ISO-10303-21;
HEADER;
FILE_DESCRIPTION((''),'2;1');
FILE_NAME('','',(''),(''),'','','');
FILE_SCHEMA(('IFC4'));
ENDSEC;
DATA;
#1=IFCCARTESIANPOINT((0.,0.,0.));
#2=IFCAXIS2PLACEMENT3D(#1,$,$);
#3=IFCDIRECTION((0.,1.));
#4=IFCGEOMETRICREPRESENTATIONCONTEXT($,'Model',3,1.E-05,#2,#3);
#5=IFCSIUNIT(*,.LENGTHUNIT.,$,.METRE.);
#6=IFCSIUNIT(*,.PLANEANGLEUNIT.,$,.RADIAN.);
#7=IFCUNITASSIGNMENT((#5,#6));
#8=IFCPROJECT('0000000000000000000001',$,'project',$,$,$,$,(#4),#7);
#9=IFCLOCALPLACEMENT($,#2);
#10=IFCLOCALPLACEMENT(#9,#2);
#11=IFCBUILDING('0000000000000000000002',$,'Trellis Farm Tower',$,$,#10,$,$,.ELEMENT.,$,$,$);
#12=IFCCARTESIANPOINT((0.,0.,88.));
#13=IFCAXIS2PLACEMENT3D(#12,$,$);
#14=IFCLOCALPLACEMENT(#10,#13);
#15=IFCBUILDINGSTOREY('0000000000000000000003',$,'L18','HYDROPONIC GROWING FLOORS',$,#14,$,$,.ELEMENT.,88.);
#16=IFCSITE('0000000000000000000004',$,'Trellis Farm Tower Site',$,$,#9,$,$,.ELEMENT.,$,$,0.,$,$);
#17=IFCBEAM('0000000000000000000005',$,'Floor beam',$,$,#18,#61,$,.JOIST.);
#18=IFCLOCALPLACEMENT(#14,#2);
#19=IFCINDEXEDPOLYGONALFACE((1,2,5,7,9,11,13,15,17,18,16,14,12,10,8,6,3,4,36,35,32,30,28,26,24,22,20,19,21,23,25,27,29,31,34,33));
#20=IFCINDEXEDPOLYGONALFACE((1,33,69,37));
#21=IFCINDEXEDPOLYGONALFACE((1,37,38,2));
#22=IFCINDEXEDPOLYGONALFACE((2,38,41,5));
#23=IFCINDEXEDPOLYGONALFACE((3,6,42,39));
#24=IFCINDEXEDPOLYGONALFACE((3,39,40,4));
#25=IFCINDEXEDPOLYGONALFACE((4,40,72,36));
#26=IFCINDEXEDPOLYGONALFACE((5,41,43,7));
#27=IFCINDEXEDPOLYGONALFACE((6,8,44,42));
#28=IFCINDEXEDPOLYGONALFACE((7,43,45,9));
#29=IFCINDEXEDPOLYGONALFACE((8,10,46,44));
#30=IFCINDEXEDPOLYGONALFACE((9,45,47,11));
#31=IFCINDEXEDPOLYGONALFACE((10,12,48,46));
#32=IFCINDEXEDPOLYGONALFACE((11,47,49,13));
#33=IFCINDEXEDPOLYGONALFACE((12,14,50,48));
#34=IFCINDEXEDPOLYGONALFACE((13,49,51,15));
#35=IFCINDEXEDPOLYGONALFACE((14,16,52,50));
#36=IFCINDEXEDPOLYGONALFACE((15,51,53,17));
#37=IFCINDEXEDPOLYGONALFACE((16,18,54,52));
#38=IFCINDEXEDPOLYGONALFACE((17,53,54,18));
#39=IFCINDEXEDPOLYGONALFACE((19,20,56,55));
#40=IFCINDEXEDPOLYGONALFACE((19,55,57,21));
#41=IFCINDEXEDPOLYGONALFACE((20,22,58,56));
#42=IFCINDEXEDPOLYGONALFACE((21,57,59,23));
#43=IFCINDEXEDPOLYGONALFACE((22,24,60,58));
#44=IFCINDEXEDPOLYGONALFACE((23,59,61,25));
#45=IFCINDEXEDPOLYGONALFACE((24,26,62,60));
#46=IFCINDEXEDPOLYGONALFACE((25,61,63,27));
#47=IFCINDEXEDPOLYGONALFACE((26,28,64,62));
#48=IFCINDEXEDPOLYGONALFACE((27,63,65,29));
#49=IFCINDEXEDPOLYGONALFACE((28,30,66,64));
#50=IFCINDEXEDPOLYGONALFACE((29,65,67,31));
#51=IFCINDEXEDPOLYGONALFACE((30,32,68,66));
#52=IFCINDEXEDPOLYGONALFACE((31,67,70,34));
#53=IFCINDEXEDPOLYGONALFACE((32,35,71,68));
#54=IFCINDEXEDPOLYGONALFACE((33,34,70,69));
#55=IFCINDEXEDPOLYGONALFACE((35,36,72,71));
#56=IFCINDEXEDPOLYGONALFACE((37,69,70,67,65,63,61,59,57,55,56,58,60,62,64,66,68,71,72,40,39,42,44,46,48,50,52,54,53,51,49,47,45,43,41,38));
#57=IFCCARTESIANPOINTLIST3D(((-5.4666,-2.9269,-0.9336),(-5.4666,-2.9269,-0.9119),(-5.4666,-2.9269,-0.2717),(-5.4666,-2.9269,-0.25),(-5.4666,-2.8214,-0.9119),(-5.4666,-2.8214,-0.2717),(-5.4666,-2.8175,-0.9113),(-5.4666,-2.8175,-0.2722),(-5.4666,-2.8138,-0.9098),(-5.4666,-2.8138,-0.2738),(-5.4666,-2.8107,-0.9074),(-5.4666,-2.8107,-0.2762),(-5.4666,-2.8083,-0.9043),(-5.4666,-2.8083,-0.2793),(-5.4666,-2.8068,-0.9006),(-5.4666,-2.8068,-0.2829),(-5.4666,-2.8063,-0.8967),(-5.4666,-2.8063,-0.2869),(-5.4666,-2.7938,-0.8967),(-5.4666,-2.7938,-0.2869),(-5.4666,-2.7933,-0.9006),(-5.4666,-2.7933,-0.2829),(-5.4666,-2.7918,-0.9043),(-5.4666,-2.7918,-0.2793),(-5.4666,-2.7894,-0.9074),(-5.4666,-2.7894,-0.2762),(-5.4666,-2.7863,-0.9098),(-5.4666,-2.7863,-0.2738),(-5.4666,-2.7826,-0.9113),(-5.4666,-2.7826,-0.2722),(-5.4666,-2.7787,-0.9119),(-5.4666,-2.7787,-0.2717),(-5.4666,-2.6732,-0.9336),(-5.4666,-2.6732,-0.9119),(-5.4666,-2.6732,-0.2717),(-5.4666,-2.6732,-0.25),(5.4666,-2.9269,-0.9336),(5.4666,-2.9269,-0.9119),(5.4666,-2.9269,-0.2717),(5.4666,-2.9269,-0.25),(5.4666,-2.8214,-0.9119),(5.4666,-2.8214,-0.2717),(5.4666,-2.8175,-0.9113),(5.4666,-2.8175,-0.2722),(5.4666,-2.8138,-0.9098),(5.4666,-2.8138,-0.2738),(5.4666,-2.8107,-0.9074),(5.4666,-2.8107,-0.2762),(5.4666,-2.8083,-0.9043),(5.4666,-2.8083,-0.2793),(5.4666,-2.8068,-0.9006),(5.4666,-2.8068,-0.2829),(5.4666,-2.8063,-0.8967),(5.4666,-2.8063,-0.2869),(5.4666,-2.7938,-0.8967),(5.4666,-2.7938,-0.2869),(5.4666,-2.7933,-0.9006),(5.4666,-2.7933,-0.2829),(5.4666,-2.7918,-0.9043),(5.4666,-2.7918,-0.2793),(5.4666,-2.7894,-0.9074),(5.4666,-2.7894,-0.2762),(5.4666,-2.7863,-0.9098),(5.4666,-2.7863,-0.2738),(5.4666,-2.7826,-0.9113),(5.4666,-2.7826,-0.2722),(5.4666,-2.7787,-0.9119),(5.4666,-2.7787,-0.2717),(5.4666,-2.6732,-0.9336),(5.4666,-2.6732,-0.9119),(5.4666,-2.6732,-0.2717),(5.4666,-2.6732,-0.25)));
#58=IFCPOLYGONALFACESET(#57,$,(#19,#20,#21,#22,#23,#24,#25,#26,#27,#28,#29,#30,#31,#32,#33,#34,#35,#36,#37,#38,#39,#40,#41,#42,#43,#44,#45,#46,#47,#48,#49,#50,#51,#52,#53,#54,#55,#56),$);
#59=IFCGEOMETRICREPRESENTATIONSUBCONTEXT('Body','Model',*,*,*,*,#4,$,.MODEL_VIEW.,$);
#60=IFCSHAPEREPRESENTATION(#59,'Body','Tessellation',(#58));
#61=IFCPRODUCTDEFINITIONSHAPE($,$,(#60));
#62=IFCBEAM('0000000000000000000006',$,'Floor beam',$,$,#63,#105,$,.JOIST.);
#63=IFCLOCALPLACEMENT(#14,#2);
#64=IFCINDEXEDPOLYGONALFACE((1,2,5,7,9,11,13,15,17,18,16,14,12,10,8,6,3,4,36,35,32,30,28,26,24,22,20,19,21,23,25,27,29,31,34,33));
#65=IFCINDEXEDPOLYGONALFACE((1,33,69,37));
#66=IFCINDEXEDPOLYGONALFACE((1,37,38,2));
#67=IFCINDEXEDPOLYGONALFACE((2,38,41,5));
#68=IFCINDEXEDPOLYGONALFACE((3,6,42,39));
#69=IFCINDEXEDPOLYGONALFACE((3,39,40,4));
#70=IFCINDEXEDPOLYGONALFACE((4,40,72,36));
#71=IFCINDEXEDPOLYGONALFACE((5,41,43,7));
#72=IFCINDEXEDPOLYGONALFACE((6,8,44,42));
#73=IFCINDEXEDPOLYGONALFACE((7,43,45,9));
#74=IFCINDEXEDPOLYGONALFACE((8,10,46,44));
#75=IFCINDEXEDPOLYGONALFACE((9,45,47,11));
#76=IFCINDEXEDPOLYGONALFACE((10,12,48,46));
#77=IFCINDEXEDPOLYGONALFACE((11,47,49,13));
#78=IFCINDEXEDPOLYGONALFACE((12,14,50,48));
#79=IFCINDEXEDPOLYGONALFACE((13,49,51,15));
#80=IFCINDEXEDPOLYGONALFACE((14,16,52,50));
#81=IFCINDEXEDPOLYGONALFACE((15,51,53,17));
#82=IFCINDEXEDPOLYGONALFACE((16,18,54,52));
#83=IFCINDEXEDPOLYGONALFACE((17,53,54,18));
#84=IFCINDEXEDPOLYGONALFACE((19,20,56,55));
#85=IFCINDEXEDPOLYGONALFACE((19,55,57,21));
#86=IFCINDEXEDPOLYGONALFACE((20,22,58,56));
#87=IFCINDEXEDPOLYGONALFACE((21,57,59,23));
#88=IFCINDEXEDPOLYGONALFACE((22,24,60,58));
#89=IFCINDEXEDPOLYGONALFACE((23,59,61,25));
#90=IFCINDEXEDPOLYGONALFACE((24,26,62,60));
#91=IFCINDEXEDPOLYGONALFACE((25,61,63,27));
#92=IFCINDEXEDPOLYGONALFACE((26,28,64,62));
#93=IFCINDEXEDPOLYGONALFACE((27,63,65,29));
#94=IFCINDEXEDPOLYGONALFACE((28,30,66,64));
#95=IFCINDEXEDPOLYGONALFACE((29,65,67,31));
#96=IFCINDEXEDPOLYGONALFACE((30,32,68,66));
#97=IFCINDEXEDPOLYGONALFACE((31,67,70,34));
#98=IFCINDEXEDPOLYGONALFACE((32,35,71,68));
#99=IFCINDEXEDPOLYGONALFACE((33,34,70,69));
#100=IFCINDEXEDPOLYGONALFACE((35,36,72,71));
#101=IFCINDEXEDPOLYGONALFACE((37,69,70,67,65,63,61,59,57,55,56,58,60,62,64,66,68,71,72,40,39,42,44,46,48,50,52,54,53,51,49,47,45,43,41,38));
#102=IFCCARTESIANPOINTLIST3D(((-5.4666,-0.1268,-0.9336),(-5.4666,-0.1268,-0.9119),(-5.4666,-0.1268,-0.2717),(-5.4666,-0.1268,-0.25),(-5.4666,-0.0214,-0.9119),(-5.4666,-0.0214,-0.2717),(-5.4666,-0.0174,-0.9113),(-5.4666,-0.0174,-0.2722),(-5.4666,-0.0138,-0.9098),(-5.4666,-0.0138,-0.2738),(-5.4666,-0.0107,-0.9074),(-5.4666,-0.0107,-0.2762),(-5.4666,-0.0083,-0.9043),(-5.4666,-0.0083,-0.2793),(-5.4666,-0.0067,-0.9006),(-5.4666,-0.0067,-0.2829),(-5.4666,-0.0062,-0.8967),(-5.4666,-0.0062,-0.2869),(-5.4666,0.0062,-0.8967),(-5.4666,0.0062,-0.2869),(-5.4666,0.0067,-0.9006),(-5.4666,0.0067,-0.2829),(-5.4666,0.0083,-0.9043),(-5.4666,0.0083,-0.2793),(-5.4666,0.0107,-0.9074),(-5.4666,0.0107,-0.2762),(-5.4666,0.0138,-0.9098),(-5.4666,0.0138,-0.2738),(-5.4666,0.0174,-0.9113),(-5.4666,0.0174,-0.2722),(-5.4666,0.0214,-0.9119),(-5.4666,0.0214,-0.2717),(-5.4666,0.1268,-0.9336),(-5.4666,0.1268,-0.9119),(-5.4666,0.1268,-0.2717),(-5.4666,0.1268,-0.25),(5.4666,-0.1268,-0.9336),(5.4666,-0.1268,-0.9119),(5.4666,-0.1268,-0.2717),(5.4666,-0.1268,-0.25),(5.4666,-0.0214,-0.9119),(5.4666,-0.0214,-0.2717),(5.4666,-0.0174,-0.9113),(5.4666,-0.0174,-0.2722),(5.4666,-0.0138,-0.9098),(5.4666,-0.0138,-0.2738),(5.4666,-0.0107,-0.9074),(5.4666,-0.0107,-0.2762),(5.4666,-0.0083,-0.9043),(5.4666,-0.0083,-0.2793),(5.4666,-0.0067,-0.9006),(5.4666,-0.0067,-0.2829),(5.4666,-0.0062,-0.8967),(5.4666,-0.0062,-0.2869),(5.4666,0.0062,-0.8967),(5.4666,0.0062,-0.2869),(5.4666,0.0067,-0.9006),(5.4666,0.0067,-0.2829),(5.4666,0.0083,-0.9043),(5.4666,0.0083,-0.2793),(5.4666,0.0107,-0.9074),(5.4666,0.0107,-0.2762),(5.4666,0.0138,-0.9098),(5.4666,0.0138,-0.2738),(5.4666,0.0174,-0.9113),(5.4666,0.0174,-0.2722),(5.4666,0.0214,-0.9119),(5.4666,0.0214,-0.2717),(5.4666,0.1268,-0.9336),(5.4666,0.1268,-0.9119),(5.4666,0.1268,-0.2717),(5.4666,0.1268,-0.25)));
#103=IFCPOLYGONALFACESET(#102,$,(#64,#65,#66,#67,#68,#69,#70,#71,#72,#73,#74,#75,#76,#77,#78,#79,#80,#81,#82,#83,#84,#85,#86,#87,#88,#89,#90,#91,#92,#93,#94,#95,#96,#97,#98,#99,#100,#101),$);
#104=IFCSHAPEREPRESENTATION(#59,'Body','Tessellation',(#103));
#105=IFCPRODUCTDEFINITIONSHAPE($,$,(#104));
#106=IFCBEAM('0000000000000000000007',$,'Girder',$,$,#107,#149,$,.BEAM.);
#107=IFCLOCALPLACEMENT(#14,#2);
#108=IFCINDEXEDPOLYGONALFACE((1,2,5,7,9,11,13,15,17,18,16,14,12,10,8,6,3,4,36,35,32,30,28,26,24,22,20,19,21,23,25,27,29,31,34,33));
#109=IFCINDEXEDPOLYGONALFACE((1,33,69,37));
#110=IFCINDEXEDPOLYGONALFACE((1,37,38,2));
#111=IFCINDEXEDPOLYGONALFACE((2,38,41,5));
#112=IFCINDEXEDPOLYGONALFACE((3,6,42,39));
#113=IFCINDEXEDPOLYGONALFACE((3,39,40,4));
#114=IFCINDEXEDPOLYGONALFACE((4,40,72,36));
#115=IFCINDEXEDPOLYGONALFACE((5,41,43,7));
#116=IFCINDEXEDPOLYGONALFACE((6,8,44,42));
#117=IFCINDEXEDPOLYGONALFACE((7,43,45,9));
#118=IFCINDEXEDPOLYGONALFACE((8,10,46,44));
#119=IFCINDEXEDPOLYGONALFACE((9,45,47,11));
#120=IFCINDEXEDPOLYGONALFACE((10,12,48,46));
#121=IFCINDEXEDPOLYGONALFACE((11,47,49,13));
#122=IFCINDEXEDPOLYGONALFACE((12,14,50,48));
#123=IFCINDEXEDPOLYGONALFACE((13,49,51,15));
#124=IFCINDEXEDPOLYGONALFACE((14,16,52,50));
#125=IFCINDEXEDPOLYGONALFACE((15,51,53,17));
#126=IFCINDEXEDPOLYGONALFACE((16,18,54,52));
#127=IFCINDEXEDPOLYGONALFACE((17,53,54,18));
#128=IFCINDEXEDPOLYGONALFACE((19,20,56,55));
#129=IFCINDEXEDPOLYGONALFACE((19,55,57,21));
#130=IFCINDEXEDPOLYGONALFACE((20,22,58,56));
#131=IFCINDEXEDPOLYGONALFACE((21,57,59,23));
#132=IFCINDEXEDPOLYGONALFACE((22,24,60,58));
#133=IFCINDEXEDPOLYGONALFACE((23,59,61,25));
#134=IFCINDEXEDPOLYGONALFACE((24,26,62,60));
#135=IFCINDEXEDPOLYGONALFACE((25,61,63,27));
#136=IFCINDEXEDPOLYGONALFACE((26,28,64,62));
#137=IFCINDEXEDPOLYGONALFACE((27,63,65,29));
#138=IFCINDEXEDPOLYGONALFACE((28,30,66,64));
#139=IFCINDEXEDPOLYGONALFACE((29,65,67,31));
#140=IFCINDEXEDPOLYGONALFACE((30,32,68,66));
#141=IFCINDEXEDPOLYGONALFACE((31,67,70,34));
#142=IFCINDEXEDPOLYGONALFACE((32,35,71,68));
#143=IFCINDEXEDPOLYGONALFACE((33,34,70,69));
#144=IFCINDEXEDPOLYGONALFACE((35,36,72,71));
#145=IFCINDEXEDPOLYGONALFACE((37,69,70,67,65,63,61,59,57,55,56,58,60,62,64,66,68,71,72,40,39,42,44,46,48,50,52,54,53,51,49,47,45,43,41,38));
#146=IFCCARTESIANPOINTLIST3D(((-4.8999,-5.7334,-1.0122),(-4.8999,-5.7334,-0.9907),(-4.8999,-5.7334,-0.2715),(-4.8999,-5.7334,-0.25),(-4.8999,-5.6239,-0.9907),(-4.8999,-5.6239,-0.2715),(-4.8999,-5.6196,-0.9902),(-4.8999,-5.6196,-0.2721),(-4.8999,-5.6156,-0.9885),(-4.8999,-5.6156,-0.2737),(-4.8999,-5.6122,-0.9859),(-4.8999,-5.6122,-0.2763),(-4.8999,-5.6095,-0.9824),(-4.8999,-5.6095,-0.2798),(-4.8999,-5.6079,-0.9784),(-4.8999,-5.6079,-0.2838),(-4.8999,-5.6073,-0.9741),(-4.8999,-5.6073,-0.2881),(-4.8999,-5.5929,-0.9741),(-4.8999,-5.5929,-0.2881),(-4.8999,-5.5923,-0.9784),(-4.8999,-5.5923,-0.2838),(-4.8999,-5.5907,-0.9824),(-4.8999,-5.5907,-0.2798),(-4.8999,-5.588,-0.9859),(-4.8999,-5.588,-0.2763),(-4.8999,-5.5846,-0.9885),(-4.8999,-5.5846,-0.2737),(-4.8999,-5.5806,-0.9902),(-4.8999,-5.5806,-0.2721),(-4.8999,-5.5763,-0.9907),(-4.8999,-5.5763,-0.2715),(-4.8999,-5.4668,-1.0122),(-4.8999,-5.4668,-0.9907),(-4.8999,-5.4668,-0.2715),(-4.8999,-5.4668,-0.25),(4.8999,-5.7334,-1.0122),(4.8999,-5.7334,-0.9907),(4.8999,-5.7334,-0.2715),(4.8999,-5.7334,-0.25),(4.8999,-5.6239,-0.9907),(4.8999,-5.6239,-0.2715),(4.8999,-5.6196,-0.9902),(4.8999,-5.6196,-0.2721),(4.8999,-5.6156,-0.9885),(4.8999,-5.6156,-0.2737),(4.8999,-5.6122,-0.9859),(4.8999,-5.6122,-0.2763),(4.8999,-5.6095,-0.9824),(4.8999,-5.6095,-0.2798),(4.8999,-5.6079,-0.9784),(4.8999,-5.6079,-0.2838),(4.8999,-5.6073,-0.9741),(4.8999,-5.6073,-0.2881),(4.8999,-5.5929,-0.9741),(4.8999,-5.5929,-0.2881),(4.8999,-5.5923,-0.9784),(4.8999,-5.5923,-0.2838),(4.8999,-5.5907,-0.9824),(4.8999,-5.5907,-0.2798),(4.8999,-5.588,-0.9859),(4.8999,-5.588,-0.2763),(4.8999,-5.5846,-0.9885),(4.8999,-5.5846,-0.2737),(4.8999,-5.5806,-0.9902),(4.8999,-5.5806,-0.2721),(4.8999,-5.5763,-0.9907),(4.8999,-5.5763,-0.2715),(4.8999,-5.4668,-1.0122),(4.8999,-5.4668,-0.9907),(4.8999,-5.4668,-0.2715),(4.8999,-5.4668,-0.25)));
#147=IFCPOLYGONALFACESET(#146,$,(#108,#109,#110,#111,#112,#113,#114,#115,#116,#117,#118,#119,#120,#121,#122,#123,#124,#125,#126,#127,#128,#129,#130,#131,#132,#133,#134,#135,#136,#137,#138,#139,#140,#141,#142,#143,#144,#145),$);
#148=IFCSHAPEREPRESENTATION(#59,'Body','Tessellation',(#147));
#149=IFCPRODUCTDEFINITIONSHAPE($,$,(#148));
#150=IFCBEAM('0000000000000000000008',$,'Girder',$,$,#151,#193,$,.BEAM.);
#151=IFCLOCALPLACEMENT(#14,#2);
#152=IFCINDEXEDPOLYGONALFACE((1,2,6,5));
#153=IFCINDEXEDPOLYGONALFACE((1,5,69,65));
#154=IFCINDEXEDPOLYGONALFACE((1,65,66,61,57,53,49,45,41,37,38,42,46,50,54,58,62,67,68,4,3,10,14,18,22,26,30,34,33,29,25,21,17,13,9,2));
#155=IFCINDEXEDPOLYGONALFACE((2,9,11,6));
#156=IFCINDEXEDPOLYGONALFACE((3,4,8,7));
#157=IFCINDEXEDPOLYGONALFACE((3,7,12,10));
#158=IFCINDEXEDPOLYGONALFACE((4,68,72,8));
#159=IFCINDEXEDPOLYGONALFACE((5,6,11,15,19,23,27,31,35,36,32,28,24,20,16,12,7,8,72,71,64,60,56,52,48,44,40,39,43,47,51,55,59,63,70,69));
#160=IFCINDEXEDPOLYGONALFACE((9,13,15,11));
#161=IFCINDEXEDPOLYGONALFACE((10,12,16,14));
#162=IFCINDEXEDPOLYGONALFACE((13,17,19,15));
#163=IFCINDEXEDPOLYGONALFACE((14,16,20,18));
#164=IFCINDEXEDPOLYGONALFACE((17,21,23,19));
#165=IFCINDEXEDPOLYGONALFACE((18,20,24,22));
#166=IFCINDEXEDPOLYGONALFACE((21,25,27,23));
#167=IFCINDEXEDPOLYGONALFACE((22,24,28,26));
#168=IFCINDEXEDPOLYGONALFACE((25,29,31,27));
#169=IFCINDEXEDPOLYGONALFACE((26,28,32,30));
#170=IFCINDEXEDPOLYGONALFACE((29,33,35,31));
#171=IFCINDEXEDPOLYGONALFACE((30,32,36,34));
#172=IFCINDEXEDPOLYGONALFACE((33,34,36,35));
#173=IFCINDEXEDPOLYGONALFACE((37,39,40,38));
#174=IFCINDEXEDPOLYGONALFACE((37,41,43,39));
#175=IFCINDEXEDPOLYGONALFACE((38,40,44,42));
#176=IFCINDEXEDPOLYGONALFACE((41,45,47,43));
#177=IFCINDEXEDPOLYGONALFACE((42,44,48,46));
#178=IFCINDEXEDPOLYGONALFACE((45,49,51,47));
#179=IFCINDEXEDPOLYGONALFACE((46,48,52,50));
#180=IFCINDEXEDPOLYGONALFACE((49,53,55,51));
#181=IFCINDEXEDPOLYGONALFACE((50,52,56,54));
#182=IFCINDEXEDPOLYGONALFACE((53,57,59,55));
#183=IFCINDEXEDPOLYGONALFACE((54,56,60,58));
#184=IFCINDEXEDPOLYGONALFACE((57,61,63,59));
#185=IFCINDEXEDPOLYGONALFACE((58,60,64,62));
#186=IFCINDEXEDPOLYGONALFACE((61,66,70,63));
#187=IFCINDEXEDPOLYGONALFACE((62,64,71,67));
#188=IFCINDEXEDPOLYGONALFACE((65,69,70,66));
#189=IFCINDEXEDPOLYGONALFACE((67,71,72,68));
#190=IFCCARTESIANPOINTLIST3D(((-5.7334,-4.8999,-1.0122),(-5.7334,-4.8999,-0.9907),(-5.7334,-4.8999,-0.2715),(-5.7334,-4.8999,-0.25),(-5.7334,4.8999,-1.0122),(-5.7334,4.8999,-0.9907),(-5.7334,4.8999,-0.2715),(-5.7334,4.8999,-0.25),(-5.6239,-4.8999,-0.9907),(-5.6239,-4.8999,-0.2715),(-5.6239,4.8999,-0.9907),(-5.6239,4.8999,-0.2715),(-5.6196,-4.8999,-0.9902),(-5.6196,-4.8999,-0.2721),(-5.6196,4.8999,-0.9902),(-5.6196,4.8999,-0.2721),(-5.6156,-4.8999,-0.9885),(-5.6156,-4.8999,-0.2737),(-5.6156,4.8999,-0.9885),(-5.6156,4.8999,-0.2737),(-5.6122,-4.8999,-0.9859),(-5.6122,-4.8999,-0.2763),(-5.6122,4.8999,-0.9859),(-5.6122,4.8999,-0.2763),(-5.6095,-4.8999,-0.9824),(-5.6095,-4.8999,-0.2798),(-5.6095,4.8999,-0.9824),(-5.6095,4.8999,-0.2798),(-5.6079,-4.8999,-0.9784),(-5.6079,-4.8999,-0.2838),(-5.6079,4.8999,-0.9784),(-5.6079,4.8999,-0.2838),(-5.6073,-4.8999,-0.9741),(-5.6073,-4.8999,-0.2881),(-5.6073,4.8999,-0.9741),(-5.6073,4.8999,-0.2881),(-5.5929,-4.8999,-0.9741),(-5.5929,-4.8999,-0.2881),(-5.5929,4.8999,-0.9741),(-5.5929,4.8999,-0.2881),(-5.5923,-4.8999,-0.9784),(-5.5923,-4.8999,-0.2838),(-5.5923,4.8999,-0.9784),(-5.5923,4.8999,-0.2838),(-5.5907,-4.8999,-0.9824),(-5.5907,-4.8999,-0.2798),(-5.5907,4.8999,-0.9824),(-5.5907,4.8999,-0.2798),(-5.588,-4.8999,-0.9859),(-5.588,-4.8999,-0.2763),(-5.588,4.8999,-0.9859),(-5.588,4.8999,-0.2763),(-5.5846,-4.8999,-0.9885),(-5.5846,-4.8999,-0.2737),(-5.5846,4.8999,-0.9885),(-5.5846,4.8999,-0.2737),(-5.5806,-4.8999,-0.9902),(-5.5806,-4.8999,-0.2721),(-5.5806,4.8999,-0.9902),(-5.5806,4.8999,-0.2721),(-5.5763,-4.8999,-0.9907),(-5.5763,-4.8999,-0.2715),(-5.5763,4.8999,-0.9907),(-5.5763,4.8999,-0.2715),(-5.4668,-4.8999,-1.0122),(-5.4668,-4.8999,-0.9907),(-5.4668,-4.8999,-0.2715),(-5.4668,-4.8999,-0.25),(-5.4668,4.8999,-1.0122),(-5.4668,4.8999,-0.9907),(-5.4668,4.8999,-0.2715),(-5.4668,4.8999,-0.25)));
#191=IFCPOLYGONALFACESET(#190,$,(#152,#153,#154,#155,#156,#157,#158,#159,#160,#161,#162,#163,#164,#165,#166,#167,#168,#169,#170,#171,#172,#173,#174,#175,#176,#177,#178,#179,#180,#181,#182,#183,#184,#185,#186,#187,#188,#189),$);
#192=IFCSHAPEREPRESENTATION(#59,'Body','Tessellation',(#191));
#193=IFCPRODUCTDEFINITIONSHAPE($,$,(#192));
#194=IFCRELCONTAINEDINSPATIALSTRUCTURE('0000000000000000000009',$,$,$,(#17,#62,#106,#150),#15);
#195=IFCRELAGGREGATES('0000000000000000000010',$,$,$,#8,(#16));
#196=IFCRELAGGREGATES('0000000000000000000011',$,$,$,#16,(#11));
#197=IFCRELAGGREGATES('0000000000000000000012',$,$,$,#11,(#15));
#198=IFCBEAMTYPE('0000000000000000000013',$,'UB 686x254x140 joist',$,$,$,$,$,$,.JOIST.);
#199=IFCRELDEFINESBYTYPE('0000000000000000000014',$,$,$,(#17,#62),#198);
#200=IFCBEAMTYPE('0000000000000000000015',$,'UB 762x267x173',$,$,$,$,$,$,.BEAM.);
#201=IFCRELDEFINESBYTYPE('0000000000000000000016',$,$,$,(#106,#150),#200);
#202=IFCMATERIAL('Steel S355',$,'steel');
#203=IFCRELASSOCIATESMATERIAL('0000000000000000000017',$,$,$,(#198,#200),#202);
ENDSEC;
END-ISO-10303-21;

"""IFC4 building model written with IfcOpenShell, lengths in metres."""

from ifc_helpers import new_model, si_unit, direction, frame, origin, origin_2d, place, context, subcontext, project, spatial, i_section, extrude, source, transform, mapped, material, material_profile, profile_set, type_object, element, save


model = new_model("IFC4")

# Units and contexts
model_context = context("Model", 3, precision=1e-05, world=origin(), true_north=direction((0.0, 1.0)))
body_context = subcontext(model_context, "Body", "Model", "MODEL_VIEW")
ifc_project = project(units=[si_unit("LENGTHUNIT", "METRE"), si_unit("PLANEANGLEUNIT", "RADIAN")], contexts=[model_context])

# Site, building, storey
site_placement = place(None, origin())
site = spatial("IfcSite", under=ifc_project, at=site_placement, Name="Trellis Farm Tower Site", CompositionType="ELEMENT", RefElevation=0.0)
building_placement = place(site_placement, origin())
building = spatial("IfcBuilding", under=site, at=building_placement, Name="Trellis Farm Tower", CompositionType="ELEMENT")
storey_placement = place(building_placement, frame((0.0, 0.0, 88.0)))
storey = spatial("IfcBuildingStorey", under=building, at=storey_placement, Name="L18", Description="HYDROPONIC GROWING FLOORS", CompositionType="ELEMENT", Elevation=88.0)

# Beams
ifc_material_1 = material(Name="Steel S355", Category="steel")
ifc_material_profile_1 = material_profile(ifc_material_1, i_section(OverallWidth=0.2537, OverallDepth=0.6836, WebThickness=0.0125, FlangeThickness=0.0217, FilletRadius=0.0151, at=origin_2d()), Name="UB 686x254x140")
ifc_profile_set_1 = profile_set([ifc_material_profile_1], Name="Steel S355")
beam_type_1 = type_object("IfcBeamType", Name="UB 686x254x140 joist", PredefinedType="JOIST", material=ifc_profile_set_1)
shared_shape_1 = source(origin(), body_context, "Body", "SweptSolid", [
    extrude(i_section(OverallWidth=0.2537, OverallDepth=0.6836, WebThickness=0.0125, FlangeThickness=0.0217, FilletRadius=0.0151, at=origin_2d()), origin(), (0.0, 0.0, 1.0), 10.9331),
])
for number, where, z_axis, x_axis, name in (
    (1, (-5.4666, -2.8, -0.5918), (1.0, 0.0, 0.0), (0.0, 1.0, 0.0), "Floor beam"),
    (2, (-5.4666, 0.0, -0.5918), (1.0, 0.0, 0.0), (0.0, 1.0, 0.0), "Floor beam"),
):
    element("IfcBeam", number, at=place(storey_placement, frame(where, z_axis=z_axis, x_axis=x_axis)), inside=storey, type_object=beam_type_1, Name=name, PredefinedType="JOIST", context=body_context, shape_type="MappedRepresentation", body=[
        mapped(shared_shape_1, transform((0.0, 0.0, 0.0))),
    ])
ifc_material_profile_2 = material_profile(ifc_material_1, i_section(OverallWidth=0.2666, OverallDepth=0.7622, WebThickness=0.0144, FlangeThickness=0.0215, FilletRadius=0.0166, at=origin_2d()), Name="UB 762x267x173")
ifc_profile_set_2 = profile_set([ifc_material_profile_2], Name="Steel S355")
beam_type_2 = type_object("IfcBeamType", Name="UB 762x267x173", PredefinedType="BEAM", material=ifc_profile_set_2)
shared_shape_2 = source(origin(), body_context, "Body", "SweptSolid", [
    extrude(i_section(OverallWidth=0.2666, OverallDepth=0.7622, WebThickness=0.0144, FlangeThickness=0.0215, FilletRadius=0.0166, at=origin_2d()), origin(), (0.0, 0.0, 1.0), 9.7998),
])
for number, where, z_axis, x_axis, name in (
    (3, (-4.8999, -5.6001, -0.6311), (1.0, 0.0, 0.0), (0.0, 1.0, 0.0), "Girder"),
    (4, (-5.6001, -4.8999, -0.6311), (0.0, 1.0, 0.0), (-1.0, 0.0, 0.0), "Girder"),
):
    element("IfcBeam", number, at=place(storey_placement, frame(where, z_axis=z_axis, x_axis=x_axis)), inside=storey, type_object=beam_type_2, Name=name, PredefinedType="BEAM", context=body_context, shape_type="MappedRepresentation", body=[
        mapped(shared_shape_2, transform((0.0, 0.0, 0.0))),
    ])

save(model, "model.ifc")
